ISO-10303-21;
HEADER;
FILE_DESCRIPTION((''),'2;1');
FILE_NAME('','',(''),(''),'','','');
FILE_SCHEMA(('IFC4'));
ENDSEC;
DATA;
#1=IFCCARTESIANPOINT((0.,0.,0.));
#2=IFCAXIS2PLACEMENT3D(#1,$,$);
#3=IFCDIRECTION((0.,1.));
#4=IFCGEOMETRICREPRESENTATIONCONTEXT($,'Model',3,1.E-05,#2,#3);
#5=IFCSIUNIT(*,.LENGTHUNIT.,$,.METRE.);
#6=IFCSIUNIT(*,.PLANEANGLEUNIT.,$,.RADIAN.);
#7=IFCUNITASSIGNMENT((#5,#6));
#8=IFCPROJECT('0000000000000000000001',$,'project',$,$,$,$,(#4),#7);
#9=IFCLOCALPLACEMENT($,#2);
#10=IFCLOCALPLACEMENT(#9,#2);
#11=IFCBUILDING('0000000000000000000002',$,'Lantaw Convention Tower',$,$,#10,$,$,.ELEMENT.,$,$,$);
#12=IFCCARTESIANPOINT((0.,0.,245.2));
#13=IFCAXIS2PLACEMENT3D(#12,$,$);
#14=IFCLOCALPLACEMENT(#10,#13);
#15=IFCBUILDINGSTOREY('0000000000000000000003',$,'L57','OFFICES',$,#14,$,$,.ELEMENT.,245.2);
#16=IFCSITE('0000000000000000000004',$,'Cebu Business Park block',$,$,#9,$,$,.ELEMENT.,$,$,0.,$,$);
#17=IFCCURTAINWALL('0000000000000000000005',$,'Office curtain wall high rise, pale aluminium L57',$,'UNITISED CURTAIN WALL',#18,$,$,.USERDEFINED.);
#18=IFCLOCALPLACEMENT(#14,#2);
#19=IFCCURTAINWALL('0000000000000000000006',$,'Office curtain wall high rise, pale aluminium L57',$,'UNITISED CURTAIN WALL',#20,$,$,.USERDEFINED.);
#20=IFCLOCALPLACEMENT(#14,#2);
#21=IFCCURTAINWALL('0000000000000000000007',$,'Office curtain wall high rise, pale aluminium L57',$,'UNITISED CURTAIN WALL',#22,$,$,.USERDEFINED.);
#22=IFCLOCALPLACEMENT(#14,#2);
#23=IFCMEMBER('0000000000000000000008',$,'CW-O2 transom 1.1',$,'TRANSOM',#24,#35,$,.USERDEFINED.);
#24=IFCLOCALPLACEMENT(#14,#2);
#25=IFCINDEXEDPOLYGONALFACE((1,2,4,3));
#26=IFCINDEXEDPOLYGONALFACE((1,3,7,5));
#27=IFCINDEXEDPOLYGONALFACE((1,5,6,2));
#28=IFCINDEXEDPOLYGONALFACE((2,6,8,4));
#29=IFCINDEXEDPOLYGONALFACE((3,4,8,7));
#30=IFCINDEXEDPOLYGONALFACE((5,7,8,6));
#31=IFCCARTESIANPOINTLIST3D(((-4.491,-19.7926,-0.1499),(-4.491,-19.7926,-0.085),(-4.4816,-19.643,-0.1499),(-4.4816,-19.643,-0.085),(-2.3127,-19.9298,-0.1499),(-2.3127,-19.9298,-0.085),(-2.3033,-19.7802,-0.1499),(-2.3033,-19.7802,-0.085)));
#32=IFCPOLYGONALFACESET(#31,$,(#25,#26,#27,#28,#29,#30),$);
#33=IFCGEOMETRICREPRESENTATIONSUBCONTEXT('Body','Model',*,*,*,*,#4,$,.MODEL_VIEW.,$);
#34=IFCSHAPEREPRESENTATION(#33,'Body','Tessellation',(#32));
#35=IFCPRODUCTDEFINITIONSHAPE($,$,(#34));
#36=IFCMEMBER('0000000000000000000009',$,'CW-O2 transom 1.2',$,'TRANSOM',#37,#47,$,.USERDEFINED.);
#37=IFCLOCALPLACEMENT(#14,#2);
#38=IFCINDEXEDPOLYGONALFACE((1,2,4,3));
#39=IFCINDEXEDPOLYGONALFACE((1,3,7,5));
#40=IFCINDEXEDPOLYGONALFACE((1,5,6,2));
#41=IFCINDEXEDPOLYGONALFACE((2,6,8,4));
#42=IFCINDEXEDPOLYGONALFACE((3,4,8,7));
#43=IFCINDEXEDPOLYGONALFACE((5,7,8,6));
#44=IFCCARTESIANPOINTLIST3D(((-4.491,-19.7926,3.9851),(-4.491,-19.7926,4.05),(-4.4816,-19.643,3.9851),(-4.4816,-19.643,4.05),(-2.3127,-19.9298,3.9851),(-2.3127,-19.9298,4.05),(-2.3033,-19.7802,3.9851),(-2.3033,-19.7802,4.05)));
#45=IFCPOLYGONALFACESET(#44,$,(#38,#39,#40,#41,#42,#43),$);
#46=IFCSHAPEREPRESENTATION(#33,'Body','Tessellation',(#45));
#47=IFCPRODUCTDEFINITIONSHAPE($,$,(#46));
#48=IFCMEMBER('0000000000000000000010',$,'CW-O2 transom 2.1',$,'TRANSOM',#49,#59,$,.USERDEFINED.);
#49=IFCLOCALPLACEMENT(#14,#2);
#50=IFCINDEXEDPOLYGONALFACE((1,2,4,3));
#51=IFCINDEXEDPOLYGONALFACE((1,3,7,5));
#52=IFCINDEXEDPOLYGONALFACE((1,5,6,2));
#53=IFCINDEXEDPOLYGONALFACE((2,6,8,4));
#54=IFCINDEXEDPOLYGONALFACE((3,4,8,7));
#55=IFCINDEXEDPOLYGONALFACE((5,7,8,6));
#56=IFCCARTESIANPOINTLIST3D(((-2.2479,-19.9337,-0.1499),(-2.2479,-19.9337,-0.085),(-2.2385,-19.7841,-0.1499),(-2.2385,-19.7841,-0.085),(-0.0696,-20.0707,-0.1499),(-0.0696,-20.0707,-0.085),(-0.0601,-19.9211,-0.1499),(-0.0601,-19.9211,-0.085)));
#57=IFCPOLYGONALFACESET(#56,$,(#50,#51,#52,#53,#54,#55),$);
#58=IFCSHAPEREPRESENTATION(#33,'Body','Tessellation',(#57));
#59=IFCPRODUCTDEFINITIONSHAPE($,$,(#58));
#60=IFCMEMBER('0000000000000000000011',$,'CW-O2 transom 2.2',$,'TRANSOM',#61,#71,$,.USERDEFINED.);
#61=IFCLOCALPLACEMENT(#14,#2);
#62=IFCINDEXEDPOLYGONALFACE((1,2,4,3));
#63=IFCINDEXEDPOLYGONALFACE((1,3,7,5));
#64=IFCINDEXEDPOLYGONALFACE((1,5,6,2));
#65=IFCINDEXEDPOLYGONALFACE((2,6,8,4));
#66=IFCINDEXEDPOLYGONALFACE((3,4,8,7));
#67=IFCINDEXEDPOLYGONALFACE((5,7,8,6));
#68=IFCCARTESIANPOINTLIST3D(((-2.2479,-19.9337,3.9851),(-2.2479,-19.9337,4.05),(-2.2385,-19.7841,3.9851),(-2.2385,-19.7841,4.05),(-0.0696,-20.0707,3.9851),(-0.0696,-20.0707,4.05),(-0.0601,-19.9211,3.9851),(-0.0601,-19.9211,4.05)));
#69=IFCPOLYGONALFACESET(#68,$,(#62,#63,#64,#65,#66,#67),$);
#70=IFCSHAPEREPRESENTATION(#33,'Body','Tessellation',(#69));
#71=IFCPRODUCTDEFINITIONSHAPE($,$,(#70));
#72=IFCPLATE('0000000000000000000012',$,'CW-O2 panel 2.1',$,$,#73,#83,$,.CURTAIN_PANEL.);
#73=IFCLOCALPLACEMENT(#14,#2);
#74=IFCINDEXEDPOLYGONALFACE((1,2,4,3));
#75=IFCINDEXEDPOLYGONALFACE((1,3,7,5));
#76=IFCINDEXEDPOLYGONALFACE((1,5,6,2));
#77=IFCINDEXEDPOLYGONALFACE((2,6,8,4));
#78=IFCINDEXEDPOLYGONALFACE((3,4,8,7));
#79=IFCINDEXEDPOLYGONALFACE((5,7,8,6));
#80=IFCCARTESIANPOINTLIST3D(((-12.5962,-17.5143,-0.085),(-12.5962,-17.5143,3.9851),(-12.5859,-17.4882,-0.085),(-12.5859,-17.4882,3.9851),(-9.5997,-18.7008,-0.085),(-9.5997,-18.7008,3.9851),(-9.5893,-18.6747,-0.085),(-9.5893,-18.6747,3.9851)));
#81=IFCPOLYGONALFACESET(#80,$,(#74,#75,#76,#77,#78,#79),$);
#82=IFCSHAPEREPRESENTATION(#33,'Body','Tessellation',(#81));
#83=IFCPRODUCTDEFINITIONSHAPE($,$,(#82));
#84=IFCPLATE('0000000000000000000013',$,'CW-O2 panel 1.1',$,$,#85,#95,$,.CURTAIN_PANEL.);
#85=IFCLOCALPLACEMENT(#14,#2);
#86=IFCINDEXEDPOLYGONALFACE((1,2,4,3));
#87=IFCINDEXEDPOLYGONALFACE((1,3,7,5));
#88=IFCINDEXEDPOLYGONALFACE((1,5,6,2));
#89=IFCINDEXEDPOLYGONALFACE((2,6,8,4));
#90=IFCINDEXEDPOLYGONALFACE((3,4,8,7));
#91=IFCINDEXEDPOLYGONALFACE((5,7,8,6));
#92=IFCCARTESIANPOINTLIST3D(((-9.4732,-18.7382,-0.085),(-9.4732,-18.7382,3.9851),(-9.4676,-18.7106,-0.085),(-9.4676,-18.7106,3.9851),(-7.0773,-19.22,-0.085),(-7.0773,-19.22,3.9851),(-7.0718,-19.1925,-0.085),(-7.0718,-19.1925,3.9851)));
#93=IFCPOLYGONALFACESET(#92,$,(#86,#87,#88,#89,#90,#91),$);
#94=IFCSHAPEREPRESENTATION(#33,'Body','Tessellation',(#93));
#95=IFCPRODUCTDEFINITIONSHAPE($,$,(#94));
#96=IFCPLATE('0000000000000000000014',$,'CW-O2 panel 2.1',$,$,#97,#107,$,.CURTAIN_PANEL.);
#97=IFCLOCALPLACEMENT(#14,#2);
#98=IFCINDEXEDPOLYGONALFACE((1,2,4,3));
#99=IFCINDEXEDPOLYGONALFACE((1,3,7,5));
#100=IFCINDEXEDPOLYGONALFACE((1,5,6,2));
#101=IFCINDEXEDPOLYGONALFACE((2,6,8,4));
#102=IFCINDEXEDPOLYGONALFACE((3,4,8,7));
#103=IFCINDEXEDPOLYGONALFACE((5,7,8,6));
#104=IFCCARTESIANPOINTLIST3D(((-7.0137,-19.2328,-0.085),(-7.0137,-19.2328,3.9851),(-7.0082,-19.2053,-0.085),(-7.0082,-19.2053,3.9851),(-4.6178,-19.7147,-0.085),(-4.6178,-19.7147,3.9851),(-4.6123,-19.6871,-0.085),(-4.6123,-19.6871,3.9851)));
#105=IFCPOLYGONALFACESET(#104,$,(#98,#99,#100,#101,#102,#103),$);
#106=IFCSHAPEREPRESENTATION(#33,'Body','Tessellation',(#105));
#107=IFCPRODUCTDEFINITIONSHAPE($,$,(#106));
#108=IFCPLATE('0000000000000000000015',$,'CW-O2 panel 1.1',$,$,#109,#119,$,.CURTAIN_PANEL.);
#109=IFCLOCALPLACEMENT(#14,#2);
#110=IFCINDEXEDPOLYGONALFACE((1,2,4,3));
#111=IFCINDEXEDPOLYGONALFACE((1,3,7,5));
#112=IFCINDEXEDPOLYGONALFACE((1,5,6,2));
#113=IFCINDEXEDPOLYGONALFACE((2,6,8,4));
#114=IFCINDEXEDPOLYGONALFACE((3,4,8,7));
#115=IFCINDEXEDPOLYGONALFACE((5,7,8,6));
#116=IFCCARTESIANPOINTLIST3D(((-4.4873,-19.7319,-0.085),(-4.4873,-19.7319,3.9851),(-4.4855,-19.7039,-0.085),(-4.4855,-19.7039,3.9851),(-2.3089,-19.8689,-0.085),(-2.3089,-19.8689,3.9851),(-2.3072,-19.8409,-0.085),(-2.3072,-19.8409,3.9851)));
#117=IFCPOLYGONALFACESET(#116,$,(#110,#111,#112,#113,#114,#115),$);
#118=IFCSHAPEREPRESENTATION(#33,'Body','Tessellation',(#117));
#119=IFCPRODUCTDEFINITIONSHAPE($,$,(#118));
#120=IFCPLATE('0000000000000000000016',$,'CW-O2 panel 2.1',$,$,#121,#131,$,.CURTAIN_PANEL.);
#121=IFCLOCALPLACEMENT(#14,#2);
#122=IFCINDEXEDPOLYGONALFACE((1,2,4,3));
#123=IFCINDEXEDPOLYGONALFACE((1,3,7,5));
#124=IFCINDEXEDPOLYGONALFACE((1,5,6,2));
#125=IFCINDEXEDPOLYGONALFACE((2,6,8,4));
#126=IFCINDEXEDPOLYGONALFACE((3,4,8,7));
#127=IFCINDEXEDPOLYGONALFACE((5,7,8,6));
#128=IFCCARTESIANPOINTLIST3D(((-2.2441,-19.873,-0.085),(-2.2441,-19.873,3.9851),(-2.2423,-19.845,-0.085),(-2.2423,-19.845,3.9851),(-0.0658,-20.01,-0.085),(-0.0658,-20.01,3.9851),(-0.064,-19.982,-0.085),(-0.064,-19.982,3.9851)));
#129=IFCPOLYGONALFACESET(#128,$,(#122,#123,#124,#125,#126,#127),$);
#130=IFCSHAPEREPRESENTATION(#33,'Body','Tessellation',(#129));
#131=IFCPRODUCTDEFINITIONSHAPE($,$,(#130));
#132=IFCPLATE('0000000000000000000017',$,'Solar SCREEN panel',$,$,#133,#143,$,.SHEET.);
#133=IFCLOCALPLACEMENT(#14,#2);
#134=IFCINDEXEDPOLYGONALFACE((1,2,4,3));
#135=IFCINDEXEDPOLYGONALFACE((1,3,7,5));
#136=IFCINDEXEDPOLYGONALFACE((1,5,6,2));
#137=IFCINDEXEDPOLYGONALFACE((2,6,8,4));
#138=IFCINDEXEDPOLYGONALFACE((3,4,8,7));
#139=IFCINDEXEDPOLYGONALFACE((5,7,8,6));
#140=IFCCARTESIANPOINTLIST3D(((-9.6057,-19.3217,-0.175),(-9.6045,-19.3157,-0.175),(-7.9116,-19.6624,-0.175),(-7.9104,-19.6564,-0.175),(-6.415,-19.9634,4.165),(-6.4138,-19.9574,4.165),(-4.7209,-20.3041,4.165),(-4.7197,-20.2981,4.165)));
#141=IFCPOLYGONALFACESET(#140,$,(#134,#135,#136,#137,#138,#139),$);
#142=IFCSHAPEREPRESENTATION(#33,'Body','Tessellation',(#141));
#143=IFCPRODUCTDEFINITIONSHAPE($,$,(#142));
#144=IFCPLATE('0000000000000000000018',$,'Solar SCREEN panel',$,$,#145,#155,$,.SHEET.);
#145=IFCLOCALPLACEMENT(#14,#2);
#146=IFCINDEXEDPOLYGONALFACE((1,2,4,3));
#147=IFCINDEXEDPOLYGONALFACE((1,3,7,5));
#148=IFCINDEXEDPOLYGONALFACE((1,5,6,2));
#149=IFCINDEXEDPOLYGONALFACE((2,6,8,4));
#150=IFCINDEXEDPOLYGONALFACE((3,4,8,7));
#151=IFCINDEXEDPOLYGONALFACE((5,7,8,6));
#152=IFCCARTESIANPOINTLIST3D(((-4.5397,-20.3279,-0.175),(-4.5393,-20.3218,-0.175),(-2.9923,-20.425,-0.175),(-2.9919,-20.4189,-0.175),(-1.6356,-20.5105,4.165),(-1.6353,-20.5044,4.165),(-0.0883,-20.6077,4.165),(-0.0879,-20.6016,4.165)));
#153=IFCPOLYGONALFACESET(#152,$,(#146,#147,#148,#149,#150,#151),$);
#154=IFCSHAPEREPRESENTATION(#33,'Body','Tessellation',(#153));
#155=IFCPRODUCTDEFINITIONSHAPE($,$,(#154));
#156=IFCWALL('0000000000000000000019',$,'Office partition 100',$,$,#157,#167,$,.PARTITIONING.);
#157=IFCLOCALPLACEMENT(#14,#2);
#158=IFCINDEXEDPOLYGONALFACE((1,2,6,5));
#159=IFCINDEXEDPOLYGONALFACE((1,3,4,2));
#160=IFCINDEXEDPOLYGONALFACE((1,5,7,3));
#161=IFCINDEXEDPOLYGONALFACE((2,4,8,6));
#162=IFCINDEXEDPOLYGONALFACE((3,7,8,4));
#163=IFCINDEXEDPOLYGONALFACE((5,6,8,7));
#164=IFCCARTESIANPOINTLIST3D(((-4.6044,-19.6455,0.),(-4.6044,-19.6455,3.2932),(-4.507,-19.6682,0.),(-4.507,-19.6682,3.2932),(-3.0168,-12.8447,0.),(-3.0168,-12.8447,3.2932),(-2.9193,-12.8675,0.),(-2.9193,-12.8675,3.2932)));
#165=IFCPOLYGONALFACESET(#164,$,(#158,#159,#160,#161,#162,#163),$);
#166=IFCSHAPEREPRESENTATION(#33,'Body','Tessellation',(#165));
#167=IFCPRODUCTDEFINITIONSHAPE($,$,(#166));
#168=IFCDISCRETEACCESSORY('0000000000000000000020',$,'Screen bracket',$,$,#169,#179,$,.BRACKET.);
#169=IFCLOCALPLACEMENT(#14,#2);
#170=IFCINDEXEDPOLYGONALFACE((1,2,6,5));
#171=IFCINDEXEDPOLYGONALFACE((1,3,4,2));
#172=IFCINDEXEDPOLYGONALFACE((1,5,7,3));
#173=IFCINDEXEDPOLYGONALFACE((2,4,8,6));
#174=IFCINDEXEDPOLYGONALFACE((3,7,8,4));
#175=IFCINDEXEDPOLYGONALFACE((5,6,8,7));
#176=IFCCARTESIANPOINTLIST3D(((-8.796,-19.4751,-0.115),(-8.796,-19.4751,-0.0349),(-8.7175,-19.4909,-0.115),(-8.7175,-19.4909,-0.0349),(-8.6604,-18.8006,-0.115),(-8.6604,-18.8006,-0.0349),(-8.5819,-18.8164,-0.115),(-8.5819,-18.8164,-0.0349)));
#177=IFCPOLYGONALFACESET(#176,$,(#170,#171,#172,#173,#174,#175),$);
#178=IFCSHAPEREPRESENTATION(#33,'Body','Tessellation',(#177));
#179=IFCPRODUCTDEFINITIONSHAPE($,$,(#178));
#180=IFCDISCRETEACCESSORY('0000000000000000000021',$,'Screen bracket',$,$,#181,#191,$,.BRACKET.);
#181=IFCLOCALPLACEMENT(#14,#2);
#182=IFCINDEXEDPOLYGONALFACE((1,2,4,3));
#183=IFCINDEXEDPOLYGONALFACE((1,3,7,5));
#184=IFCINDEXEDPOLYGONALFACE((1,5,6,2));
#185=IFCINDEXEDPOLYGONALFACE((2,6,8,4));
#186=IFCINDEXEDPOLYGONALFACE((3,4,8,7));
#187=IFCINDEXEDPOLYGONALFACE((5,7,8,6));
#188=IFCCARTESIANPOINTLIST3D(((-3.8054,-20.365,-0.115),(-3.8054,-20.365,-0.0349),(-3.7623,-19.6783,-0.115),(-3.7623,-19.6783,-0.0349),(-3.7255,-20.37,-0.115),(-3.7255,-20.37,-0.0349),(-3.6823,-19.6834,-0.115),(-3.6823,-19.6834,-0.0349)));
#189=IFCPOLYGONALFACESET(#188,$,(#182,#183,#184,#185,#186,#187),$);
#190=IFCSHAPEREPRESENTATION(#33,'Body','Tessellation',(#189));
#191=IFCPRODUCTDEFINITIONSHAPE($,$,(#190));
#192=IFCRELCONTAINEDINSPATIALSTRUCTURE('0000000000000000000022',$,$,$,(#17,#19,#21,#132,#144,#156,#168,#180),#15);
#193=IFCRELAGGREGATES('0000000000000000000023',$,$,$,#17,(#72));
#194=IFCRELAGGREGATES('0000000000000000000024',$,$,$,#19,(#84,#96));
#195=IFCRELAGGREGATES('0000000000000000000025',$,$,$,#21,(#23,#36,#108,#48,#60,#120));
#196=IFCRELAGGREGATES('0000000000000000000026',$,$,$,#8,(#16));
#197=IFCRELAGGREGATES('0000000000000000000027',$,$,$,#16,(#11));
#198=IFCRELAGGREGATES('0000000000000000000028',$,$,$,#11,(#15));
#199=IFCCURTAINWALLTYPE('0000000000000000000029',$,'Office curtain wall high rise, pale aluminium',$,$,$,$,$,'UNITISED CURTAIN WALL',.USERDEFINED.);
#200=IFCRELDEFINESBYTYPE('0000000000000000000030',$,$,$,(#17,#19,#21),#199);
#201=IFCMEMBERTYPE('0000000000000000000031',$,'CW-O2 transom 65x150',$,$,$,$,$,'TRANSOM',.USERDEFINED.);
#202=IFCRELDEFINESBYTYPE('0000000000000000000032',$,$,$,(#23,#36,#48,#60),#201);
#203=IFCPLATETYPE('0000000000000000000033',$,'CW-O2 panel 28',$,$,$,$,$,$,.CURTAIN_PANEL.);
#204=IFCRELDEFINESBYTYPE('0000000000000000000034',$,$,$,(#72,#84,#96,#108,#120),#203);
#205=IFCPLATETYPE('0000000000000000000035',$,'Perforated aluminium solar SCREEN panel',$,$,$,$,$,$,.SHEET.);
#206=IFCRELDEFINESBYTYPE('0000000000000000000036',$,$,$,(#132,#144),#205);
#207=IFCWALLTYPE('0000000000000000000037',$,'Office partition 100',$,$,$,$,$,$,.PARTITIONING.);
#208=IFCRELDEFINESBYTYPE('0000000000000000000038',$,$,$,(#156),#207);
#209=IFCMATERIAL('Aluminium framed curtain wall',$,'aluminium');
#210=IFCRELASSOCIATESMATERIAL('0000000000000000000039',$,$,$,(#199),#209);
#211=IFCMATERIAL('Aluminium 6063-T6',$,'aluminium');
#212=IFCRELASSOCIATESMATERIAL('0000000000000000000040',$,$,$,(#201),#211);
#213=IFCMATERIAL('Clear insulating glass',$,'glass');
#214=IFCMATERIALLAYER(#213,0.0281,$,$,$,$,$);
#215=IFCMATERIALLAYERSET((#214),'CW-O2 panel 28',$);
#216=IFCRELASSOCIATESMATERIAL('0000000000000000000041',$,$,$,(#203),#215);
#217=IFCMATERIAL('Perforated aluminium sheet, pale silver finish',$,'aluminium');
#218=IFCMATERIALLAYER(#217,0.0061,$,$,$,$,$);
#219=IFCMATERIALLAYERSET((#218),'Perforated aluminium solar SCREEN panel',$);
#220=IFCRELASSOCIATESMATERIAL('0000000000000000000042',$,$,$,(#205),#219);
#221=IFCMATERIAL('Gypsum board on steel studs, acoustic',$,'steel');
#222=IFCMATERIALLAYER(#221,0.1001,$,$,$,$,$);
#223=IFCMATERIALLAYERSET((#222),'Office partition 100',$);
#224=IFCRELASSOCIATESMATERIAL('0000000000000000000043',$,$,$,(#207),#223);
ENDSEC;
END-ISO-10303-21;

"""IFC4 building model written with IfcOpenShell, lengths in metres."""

from ifc_helpers import new_model, si_unit, direction, frame, frame_2d, origin, origin_2d, place, context, subcontext, project, spatial, polyline, rectangle, outline, extrude, material, layer, layer_set, material_profile, profile_set, type_object, element, aggregate, save


model = new_model("IFC4")

# Units and contexts
model_context = context("Model", 3, precision=1e-05, world=origin(), true_north=direction((0.0, 1.0)))
body_context = subcontext(model_context, "Body", "Model", "MODEL_VIEW")
ifc_project = project(units=[si_unit("LENGTHUNIT", "METRE"), si_unit("PLANEANGLEUNIT", "RADIAN")], contexts=[model_context])

# Site, building, storey
site_placement = place(None, origin())
site = spatial("IfcSite", under=ifc_project, at=site_placement, Name="Cebu Business Park block", CompositionType="ELEMENT", RefElevation=0.0)
building_placement = place(site_placement, origin())
building = spatial("IfcBuilding", under=site, at=building_placement, Name="Lantaw Convention Tower", CompositionType="ELEMENT")
storey_placement = place(building_placement, frame((0.0, 0.0, 245.2)))
storey = spatial("IfcBuildingStorey", under=building, at=storey_placement, Name="L57", Description="OFFICES", CompositionType="ELEMENT", Elevation=245.2)

# Curtain walls
ifc_material_1 = material(Name="Aluminium framed curtain wall", Category="aluminium")
curtain_wall_type = type_object("IfcCurtainWallType", Name="Office curtain wall high rise, pale aluminium", ElementType="UNITISED CURTAIN WALL", PredefinedType="USERDEFINED", material=ifc_material_1)
curtain_wall_1_placement = place(storey_placement, origin())
curtain_wall_1 = element("IfcCurtainWall", 1, at=curtain_wall_1_placement, inside=storey, type_object=curtain_wall_type, Name="Office curtain wall high rise, pale aluminium L57", ObjectType="UNITISED CURTAIN WALL", PredefinedType="USERDEFINED")
ifc_material_2 = material(Name="Aluminium 6063-T6", Category="aluminium")
curtain_wall_2_placement = place(storey_placement, origin())
curtain_wall_2 = element("IfcCurtainWall", 2, at=curtain_wall_2_placement, inside=storey, type_object=curtain_wall_type, Name="Office curtain wall high rise, pale aluminium L57", ObjectType="UNITISED CURTAIN WALL", PredefinedType="USERDEFINED")
curtain_wall_3_placement = place(storey_placement, origin())
curtain_wall_3 = element("IfcCurtainWall", 3, at=curtain_wall_3_placement, inside=storey, type_object=curtain_wall_type, Name="Office curtain wall high rise, pale aluminium L57", ObjectType="UNITISED CURTAIN WALL", PredefinedType="USERDEFINED")

# Members
ifc_material_profile_1 = material_profile(ifc_material_2, rectangle(XDim=0.1499, YDim=0.0649, at=origin_2d()), Name="CW-O2 transom 65x150")
ifc_profile_set_1 = profile_set([ifc_material_profile_1], Name="Aluminium 6063-T6")
member_type_1 = type_object("IfcMemberType", Name="CW-O2 transom 65x150", ElementType="TRANSOM", PredefinedType="USERDEFINED", material=ifc_profile_set_1)
member_1_placement = place(storey_placement, frame((-4.4863, -19.7178, -0.1174), z_axis=(0.998022, -0.062866, 0.0), x_axis=(0.062866, 0.998022, 0.0)))
member_1 = element("IfcMember", 4, at=member_1_placement, type_object=member_type_1, Name="CW-O2 transom 1.1", ObjectType="TRANSOM", PredefinedType="USERDEFINED", context=body_context, shape_type="SweptSolid", body=[
    extrude(rectangle(XDim=0.1499, YDim=0.0649, at=origin_2d()), origin(), (0.0, 0.0, 1.0), 2.1826),
])
member_2_placement = place(storey_placement, frame((-4.4863, -19.7178, 4.0176), z_axis=(0.998022, -0.062866, 0.0), x_axis=(0.062866, 0.998022, 0.0)))
member_2 = element("IfcMember", 5, at=member_2_placement, type_object=member_type_1, Name="CW-O2 transom 1.2", ObjectType="TRANSOM", PredefinedType="USERDEFINED", context=body_context, shape_type="SweptSolid", body=[
    extrude(rectangle(XDim=0.1499, YDim=0.0649, at=origin_2d()), origin(), (0.0, 0.0, 1.0), 2.1826),
])
member_3_placement = place(storey_placement, frame((-2.2432, -19.8589, -0.1174), z_axis=(0.998029, -0.062754, 0.0), x_axis=(0.062754, 0.998029, 0.0)))
member_3 = element("IfcMember", 6, at=member_3_placement, type_object=member_type_1, Name="CW-O2 transom 2.1", ObjectType="TRANSOM", PredefinedType="USERDEFINED", context=body_context, shape_type="SweptSolid", body=[
    extrude(rectangle(XDim=0.1499, YDim=0.0649, at=origin_2d()), origin(), (0.0, 0.0, 1.0), 2.1826),
])
member_4_placement = place(storey_placement, frame((-2.2432, -19.8589, 4.0176), z_axis=(0.998029, -0.062754, 0.0), x_axis=(0.062754, 0.998029, 0.0)))
member_4 = element("IfcMember", 7, at=member_4_placement, type_object=member_type_1, Name="CW-O2 transom 2.2", ObjectType="TRANSOM", PredefinedType="USERDEFINED", context=body_context, shape_type="SweptSolid", body=[
    extrude(rectangle(XDim=0.1499, YDim=0.0649, at=origin_2d()), origin(), (0.0, 0.0, 1.0), 2.1826),
])

# Plates
ifc_material_3 = material(Name="Clear insulating glass", Category="glass")
ifc_layer_1 = layer(ifc_material_3, 0.0281)
ifc_layer_set_1 = layer_set([ifc_layer_1], Name="CW-O2 panel 28")
plate_type_1 = type_object("IfcPlateType", Name="CW-O2 panel 28", PredefinedType="CURTAIN_PANEL", material=ifc_layer_set_1)
plate_1_placement = place(storey_placement, frame((-11.0928, -18.0945, -0.085), z_axis=(0.0, 0.0, 1.0), x_axis=(0.929762, -0.368162, 0.0)))
plate_1 = element("IfcPlate", 8, at=plate_1_placement, type_object=plate_type_1, Name="CW-O2 panel 2.1", PredefinedType="CURTAIN_PANEL", context=body_context, shape_type="SweptSolid", body=[
    extrude(rectangle(XDim=3.2229, YDim=0.0281, at=origin_2d()), origin(), (0.0, 0.0, 1.0), 4.0701),
])
aggregate(curtain_wall_1, [plate_1])
plate_2_placement = place(storey_placement, frame((-8.2725, -18.9653, -0.085), z_axis=(0.0, 0.0, 1.0), x_axis=(0.980367, -0.197183, 0.0)))
plate_2 = element("IfcPlate", 9, at=plate_2_placement, type_object=plate_type_1, Name="CW-O2 panel 1.1", PredefinedType="CURTAIN_PANEL", context=body_context, shape_type="SweptSolid", body=[
    extrude(rectangle(XDim=2.4438, YDim=0.0281, at=origin_2d()), origin(), (0.0, 0.0, 1.0), 4.0701),
])
plate_3_placement = place(storey_placement, frame((-5.813, -19.46, -0.085), z_axis=(0.0, 0.0, 1.0), x_axis=(0.980367, -0.197183, 0.0)))
plate_3 = element("IfcPlate", 10, at=plate_3_placement, type_object=plate_type_1, Name="CW-O2 panel 2.1", PredefinedType="CURTAIN_PANEL", context=body_context, shape_type="SweptSolid", body=[
    extrude(rectangle(XDim=2.4438, YDim=0.0281, at=origin_2d()), origin(), (0.0, 0.0, 1.0), 4.0701),
])
aggregate(curtain_wall_2, [plate_2, plate_3])
plate_4_placement = place(storey_placement, frame((-3.3972, -19.7864, -0.085), z_axis=(0.0, 0.0, 1.0), x_axis=(0.998029, -0.062758, 0.0)))
plate_4 = element("IfcPlate", 11, at=plate_4_placement, type_object=plate_type_1, Name="CW-O2 panel 1.1", PredefinedType="CURTAIN_PANEL", context=body_context, shape_type="SweptSolid", body=[
    extrude(rectangle(XDim=2.1826, YDim=0.0281, at=origin_2d()), origin(), (0.0, 0.0, 1.0), 4.0701),
])
plate_5_placement = place(storey_placement, frame((-1.1541, -19.9275, -0.085), z_axis=(0.0, 0.0, 1.0), x_axis=(0.998029, -0.062758, 0.0)))
plate_5 = element("IfcPlate", 12, at=plate_5_placement, type_object=plate_type_1, Name="CW-O2 panel 2.1", PredefinedType="CURTAIN_PANEL", context=body_context, shape_type="SweptSolid", body=[
    extrude(rectangle(XDim=2.1826, YDim=0.0281, at=origin_2d()), origin(), (0.0, 0.0, 1.0), 4.0701),
])
aggregate(curtain_wall_3, [member_1, member_2, plate_4, member_3, member_4, plate_5])

# Plates
ifc_material_4 = material(Name="Perforated aluminium sheet, pale silver finish", Category="aluminium")
ifc_layer_2 = layer(ifc_material_4, 0.0061)
ifc_layer_set_2 = layer_set([ifc_layer_2], Name="Perforated aluminium solar SCREEN panel")
plate_type_2 = type_object("IfcPlateType", Name="Perforated aluminium solar SCREEN panel", PredefinedType="SHEET", material=ifc_layer_set_2)
plate_6_placement = place(storey_placement, frame((-9.6045, -19.3157, -0.175), z_axis=(0.197162, 0.980371, 0.000011), x_axis=(0.980371, -0.197162, 0.0)))
element("IfcPlate", 13, at=plate_6_placement, inside=storey, type_object=plate_type_2, Name="Solar SCREEN panel", PredefinedType="SHEET", context=body_context, shape_type="SweptSolid", body=[
    extrude(outline(polyline([(0.0, 0.0), (1.728, 0.0), (4.9826, -4.3401), (3.2545, -4.3401), (0.0, 0.0)])), origin(), (0.0, 0.0, -1.0), 0.0061),
])
plate_7_placement = place(storey_placement, frame((-4.5393, -20.3218, -0.175), z_axis=(0.062672, 0.998034, 0.000059), x_axis=(0.998034, -0.062672, 0.0)))
element("IfcPlate", 14, at=plate_7_placement, inside=storey, type_object=plate_type_2, Name="Solar SCREEN panel", PredefinedType="SHEET", context=body_context, shape_type="SweptSolid", body=[
    extrude(outline(polyline([(0.0, 0.0), (1.5504, 0.0), (4.4602, -4.3401), (2.9098, -4.3401), (0.0, 0.0)])), origin(), (0.0, 0.0, -1.0), 0.0061),
])

# Wall
ifc_material_5 = material(Name="Gypsum board on steel studs, acoustic", Category="steel")
ifc_layer_3 = layer(ifc_material_5, 0.1001)
ifc_layer_set_3 = layer_set([ifc_layer_3], Name="Office partition 100")
wall_type = type_object("IfcWallType", Name="Office partition 100", PredefinedType="PARTITIONING", material=ifc_layer_set_3)
wall_placement = place(storey_placement, frame((-4.5557, -19.6567, 0.0), z_axis=(0.0, 0.0, 1.0), x_axis=(0.227338, 0.973816, 0.0)))
element("IfcWall", 15, at=wall_placement, inside=storey, type_object=wall_type, Name="Office partition 100", PredefinedType="PARTITIONING", context=body_context, shape_type="SweptSolid", body=[
    extrude(rectangle(XDim=6.9836, YDim=0.1001, at=frame_2d((3.4917, 0.0))), origin(), (0.0, 0.0, 1.0), 3.2932),
])

# Discrete accessories
for number, where, z_axis, x_axis, name in (
    (16, (-8.689, -19.1458, -0.115), (0.0, 0.0, 1.0), (0.980367, -0.197183, 0.0), "Screen bracket"),
    (17, (-3.7439, -20.0242, -0.115), (0.0, 0.0, 1.0), (0.998029, -0.062758, 0.0), "Screen bracket"),
):
    element("IfcDiscreteAccessory", number, at=place(storey_placement, frame(where, z_axis=z_axis, x_axis=x_axis)), inside=storey, Name=name, PredefinedType="BRACKET", context=body_context, shape_type="SweptSolid", body=[
        extrude(rectangle(XDim=0.0801, YDim=0.688, at=origin_2d()), origin(), (0.0, 0.0, 1.0), 0.0801),
    ])

save(model, "model.ifc")
